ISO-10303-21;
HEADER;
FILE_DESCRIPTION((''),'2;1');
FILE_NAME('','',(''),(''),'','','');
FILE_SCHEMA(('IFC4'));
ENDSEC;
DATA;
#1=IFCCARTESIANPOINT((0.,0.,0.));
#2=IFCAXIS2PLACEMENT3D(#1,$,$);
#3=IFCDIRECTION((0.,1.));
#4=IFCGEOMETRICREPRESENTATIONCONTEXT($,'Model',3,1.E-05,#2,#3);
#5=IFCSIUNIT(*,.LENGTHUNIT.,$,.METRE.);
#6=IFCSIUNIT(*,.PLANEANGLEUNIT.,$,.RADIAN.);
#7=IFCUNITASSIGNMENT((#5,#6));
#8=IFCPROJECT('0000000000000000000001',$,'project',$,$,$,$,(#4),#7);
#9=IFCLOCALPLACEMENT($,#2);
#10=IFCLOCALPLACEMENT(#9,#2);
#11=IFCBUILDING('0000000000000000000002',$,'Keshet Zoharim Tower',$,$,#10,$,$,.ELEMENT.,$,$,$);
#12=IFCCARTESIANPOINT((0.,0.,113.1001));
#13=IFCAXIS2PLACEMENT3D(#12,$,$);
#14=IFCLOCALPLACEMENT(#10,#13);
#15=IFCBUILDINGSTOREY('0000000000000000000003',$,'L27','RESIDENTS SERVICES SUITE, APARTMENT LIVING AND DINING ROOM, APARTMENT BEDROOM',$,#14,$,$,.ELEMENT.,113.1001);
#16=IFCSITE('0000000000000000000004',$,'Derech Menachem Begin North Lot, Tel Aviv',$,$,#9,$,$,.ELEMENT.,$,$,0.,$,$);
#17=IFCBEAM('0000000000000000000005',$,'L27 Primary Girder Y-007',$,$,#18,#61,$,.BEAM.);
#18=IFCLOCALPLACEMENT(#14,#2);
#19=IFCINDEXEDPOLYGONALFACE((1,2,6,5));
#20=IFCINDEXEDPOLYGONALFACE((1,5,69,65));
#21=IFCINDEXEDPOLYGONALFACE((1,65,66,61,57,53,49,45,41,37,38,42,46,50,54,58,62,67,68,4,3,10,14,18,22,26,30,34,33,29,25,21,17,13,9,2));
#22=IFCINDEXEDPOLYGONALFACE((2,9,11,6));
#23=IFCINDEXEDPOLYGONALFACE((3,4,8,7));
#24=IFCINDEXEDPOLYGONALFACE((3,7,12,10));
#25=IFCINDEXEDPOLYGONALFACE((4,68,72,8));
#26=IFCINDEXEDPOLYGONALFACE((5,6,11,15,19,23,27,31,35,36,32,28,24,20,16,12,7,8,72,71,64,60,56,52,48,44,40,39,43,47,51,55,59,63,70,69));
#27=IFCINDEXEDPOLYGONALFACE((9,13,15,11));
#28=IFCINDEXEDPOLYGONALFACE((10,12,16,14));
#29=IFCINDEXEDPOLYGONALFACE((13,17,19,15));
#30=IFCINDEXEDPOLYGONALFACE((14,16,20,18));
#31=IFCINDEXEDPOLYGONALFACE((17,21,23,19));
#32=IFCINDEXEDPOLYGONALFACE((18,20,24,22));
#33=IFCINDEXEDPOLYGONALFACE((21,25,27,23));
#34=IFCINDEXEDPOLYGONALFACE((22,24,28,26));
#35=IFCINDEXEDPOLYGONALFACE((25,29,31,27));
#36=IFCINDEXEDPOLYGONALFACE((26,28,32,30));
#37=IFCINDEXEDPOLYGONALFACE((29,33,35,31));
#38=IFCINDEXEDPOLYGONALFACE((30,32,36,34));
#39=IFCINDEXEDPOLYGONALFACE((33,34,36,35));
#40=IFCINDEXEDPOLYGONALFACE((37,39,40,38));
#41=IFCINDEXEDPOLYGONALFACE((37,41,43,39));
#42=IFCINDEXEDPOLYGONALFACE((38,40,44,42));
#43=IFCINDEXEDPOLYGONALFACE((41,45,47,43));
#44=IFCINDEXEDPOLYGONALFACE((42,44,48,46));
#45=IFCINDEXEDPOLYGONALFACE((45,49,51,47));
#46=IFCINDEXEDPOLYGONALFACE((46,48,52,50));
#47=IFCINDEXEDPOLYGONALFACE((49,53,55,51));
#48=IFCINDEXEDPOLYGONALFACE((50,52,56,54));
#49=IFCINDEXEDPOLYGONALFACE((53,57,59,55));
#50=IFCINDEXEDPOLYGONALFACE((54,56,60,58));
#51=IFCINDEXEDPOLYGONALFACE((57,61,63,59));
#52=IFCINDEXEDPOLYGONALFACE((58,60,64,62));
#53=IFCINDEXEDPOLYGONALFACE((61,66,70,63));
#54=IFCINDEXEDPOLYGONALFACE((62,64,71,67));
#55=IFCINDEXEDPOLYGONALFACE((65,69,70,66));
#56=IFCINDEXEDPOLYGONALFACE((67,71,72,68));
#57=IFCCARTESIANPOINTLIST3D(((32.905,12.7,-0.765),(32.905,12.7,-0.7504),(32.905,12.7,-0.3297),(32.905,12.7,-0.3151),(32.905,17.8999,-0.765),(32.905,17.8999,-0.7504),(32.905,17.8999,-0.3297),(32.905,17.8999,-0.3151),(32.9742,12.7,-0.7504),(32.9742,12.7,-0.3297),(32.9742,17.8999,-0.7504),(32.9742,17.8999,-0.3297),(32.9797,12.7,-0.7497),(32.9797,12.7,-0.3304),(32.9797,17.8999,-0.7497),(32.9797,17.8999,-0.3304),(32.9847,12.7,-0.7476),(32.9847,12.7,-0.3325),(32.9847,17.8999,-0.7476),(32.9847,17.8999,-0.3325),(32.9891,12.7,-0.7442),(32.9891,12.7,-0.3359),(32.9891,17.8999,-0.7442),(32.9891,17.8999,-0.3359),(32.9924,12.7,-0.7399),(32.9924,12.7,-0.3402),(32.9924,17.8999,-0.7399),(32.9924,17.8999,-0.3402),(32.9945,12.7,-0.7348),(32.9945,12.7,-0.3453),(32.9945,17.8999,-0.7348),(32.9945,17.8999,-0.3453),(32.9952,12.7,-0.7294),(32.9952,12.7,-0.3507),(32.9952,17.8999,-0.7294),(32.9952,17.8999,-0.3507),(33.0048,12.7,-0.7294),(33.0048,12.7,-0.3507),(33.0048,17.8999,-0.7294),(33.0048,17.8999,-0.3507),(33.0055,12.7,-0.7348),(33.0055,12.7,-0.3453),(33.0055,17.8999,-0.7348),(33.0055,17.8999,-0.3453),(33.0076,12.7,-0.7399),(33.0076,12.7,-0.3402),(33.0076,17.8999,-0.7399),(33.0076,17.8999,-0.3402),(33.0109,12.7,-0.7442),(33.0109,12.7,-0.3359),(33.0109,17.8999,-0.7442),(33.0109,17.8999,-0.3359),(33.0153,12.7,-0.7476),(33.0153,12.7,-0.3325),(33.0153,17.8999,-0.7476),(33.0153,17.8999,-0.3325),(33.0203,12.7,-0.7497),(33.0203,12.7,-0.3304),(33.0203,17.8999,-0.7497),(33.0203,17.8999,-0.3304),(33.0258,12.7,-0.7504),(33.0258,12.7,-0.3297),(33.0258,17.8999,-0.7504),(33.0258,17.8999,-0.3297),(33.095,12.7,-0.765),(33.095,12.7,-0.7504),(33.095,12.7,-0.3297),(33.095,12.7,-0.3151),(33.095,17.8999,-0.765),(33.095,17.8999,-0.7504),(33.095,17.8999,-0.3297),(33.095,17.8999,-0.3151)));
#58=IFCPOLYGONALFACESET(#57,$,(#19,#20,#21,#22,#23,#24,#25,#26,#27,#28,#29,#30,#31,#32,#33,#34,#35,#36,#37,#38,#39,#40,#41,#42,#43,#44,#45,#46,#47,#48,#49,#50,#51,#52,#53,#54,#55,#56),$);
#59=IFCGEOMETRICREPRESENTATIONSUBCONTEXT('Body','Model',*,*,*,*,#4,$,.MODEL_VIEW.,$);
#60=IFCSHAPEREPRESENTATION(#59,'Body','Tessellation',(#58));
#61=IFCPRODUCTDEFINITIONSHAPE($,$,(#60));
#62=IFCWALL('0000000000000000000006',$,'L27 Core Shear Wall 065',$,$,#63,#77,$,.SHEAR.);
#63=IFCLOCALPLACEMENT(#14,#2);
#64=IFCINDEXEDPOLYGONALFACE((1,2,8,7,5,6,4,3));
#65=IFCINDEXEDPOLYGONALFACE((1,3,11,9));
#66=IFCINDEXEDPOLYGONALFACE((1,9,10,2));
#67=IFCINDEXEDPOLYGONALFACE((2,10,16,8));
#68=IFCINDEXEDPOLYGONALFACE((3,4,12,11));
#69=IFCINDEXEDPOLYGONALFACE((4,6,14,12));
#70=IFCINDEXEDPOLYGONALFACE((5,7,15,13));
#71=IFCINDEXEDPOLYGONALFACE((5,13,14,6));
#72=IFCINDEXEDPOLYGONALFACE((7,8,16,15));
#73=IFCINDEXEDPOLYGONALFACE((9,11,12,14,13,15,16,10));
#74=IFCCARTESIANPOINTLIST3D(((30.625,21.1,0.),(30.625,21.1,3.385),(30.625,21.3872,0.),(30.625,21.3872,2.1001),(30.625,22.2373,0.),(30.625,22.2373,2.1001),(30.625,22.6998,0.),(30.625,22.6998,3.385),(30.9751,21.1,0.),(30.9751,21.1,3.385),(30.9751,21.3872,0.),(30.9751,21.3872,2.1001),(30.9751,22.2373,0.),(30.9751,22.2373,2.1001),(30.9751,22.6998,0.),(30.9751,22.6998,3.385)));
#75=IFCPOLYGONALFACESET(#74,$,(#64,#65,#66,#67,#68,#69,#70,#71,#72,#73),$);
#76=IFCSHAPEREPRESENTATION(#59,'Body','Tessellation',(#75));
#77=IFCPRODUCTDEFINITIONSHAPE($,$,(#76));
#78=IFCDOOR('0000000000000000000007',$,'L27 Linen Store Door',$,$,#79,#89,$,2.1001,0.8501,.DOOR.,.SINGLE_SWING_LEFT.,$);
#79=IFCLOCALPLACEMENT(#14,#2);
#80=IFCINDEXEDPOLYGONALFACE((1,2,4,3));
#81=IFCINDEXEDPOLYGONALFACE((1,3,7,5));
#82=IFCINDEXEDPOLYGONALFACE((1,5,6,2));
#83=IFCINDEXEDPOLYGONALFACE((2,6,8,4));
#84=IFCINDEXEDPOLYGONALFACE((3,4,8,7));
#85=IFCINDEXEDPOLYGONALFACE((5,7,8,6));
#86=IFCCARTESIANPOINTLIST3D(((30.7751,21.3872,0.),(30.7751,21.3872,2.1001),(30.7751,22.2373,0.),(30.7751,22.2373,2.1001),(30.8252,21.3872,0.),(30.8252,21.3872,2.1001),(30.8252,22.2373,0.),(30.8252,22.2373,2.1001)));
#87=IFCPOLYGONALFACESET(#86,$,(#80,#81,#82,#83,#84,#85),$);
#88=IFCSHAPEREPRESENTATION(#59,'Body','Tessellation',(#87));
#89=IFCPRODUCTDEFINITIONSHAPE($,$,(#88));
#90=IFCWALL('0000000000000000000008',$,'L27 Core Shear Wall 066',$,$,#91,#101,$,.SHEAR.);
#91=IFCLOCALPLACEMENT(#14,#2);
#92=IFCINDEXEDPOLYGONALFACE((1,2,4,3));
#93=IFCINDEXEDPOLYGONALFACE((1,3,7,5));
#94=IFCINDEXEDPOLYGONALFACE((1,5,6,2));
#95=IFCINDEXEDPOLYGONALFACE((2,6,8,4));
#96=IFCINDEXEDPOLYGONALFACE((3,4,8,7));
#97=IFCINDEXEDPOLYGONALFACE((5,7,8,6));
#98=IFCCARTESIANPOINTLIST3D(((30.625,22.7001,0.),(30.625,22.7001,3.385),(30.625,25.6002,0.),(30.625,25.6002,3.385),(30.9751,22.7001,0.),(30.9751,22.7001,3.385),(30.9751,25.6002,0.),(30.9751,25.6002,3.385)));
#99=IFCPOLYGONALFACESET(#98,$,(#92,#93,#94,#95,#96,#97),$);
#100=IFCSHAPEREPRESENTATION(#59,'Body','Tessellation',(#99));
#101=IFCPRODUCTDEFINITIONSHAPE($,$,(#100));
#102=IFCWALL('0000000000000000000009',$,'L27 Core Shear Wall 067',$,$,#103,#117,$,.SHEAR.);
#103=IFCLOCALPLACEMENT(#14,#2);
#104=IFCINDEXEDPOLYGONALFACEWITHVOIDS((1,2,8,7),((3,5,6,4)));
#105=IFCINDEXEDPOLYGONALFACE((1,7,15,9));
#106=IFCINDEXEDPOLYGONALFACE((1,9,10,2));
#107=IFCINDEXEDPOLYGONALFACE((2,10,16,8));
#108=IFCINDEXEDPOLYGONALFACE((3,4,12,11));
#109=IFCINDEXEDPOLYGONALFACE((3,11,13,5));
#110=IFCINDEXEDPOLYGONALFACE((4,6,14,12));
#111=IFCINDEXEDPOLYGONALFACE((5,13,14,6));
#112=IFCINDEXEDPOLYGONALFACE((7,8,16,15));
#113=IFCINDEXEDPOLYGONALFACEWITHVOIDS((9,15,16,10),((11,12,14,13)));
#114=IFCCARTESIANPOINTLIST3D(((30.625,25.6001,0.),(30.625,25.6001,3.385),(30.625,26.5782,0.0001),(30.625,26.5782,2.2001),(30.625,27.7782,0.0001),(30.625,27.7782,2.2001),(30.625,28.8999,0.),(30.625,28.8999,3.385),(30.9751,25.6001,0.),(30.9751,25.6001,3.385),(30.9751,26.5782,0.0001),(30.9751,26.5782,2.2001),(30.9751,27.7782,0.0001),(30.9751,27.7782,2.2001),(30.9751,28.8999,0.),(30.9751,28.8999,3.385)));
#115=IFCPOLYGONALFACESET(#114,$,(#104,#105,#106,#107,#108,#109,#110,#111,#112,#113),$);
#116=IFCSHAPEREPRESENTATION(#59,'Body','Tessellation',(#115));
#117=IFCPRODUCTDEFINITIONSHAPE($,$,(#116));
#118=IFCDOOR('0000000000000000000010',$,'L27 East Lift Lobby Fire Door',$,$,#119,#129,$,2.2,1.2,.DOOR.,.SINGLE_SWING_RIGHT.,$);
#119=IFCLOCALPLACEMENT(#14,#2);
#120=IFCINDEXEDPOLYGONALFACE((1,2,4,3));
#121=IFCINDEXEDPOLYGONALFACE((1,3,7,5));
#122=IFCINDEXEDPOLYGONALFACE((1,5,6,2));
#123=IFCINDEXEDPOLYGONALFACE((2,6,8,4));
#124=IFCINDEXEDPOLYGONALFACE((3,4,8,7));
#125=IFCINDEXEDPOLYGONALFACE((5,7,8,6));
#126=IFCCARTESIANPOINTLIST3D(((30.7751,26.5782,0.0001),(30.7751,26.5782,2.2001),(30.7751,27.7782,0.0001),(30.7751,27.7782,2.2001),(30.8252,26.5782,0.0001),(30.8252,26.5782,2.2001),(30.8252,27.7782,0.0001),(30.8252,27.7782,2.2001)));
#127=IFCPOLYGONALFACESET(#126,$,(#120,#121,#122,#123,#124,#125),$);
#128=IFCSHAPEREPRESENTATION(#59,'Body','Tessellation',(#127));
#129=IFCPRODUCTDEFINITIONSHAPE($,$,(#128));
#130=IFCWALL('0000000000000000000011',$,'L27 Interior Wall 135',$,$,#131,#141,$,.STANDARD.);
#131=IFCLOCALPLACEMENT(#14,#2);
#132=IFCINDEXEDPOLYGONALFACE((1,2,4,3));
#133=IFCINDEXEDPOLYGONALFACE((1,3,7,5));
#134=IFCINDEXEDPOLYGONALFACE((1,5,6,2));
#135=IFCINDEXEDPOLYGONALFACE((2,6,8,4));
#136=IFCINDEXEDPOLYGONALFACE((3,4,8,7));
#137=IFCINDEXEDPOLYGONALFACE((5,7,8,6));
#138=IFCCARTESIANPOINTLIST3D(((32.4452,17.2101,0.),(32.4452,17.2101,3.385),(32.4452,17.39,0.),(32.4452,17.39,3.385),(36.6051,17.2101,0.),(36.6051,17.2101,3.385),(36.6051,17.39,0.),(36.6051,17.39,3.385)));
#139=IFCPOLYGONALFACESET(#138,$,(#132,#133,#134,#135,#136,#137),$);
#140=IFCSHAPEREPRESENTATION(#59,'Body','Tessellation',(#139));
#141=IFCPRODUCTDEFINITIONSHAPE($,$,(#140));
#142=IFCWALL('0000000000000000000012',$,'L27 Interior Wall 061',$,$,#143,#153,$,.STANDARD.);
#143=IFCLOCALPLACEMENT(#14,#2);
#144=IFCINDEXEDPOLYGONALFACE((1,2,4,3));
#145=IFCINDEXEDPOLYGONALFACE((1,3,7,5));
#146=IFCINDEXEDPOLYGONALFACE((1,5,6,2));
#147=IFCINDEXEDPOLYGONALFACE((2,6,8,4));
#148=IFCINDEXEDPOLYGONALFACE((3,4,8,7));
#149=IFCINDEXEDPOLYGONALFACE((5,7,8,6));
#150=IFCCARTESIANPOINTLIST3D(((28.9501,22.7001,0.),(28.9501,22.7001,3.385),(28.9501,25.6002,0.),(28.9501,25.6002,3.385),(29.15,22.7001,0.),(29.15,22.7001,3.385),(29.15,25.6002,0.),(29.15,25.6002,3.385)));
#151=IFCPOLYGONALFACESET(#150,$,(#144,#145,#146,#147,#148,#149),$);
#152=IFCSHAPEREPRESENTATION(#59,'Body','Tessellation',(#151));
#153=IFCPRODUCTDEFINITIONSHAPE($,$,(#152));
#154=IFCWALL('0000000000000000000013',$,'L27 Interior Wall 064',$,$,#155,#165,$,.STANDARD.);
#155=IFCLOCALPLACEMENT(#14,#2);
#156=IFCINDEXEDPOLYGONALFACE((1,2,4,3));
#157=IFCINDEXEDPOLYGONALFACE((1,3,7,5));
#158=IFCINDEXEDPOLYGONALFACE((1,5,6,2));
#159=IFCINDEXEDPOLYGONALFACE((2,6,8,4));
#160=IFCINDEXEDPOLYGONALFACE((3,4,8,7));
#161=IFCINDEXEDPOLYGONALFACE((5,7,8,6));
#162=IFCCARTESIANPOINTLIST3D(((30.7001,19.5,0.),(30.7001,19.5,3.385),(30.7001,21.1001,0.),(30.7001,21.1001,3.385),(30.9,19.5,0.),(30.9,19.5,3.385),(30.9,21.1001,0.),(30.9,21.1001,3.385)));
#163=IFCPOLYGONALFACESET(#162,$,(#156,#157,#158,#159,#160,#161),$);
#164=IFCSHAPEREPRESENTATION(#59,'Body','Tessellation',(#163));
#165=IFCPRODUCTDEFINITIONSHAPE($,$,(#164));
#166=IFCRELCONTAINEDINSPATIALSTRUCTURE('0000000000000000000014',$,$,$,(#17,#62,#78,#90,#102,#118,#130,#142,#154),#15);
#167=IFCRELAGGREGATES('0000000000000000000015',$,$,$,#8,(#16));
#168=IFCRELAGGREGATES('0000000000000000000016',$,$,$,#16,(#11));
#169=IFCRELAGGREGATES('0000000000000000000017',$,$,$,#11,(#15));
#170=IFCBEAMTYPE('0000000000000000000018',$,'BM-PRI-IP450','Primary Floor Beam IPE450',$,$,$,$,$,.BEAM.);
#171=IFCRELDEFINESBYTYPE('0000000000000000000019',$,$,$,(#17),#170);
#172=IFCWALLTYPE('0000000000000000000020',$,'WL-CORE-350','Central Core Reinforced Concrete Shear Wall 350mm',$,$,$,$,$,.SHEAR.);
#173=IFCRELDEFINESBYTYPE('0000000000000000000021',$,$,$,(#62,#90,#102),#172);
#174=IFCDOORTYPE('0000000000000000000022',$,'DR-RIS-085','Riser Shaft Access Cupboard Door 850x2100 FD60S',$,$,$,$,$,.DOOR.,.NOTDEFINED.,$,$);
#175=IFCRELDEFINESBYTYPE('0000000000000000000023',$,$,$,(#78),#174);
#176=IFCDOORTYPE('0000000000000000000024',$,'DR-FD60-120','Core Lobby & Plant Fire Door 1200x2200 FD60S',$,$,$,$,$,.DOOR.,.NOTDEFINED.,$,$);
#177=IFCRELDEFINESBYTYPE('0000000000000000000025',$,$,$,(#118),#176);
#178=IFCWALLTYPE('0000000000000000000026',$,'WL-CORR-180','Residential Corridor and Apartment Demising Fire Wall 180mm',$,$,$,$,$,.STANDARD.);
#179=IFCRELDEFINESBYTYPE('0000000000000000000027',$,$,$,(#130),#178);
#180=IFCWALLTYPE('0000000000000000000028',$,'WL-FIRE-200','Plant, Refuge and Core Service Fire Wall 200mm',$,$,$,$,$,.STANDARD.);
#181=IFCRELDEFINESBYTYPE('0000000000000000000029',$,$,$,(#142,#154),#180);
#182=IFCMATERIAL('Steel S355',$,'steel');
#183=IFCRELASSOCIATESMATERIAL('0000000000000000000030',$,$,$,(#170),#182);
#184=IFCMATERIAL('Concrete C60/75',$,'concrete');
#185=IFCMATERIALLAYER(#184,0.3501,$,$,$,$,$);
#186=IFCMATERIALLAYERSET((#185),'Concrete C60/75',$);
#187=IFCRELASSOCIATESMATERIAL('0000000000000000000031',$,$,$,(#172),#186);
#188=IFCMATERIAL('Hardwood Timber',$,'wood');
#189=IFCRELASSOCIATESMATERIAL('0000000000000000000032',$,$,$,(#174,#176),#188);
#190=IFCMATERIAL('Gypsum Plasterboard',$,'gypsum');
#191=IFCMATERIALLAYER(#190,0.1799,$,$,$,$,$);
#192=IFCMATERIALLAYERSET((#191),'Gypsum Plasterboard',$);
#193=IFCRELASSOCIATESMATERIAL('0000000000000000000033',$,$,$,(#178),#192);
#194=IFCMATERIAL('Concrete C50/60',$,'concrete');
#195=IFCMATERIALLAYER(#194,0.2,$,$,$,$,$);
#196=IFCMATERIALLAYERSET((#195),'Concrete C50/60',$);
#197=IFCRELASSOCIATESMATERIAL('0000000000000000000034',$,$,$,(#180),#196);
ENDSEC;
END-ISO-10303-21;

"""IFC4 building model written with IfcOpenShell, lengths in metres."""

from ifc_helpers import new_model, si_unit, direction, frame, frame_2d, origin, origin_2d, place, context, subcontext, project, spatial, rectangle, i_section, extrude, material, layer, layer_set, material_profile, profile_set, type_object, element, fill, save


model = new_model("IFC4")

# Units and contexts
model_context = context("Model", 3, precision=1e-05, world=origin(), true_north=direction((0.0, 1.0)))
body_context = subcontext(model_context, "Body", "Model", "MODEL_VIEW")
ifc_project = project(units=[si_unit("LENGTHUNIT", "METRE"), si_unit("PLANEANGLEUNIT", "RADIAN")], contexts=[model_context])

# Site, building, storey
site_placement = place(None, origin())
site = spatial("IfcSite", under=ifc_project, at=site_placement, Name="Derech Menachem Begin North Lot, Tel Aviv", CompositionType="ELEMENT", RefElevation=0.0)
building_placement = place(site_placement, origin())
building = spatial("IfcBuilding", under=site, at=building_placement, Name="Keshet Zoharim Tower", CompositionType="ELEMENT")
storey_placement = place(building_placement, frame((0.0, 0.0, 113.1001)))
storey = spatial("IfcBuildingStorey", under=building, at=storey_placement, Name="L27", Description="RESIDENTS SERVICES SUITE, APARTMENT LIVING AND DINING ROOM, APARTMENT BEDROOM", CompositionType="ELEMENT", Elevation=113.1001)

# Shared definitions
ifc_material_1 = material(Name="Concrete C60/75", Category="concrete")

# Beam
ifc_material_2 = material(Name="Steel S355", Category="steel")
ifc_material_profile_1 = material_profile(ifc_material_2, i_section(OverallWidth=0.1899, OverallDepth=0.45, WebThickness=0.0095, FlangeThickness=0.0146, FilletRadius=0.021, at=origin_2d()), Name="IPE450")
ifc_profile_set_1 = profile_set([ifc_material_profile_1], Name="Steel S355")
beam_type_1 = type_object("IfcBeamType", Name="BM-PRI-IP450", Description="Primary Floor Beam IPE450", PredefinedType="BEAM", material=ifc_profile_set_1)
beam_1_placement = place(storey_placement, frame((33.0, 12.7, -0.54), z_axis=(0.0, 1.0, 0.0), x_axis=(-1.0, 0.0, 0.0)))
element("IfcBeam", 1, at=beam_1_placement, inside=storey, type_object=beam_type_1, Name="L27 Primary Girder Y-007", PredefinedType="BEAM", context=body_context, shape_type="SweptSolid", body=[
    extrude(i_section(OverallWidth=0.1899, OverallDepth=0.45, WebThickness=0.0095, FlangeThickness=0.0146, FilletRadius=0.021, at=origin_2d()), origin(), (0.0, 0.0, 1.0), 5.2),
])

# Wall, opening, door
ifc_layer_1 = layer(ifc_material_1, 0.3501)
ifc_layer_set_1 = layer_set([ifc_layer_1], Name="Concrete C60/75")
wall_type_1 = type_object("IfcWallType", Name="WL-CORE-350", Description="Central Core Reinforced Concrete Shear Wall 350mm", PredefinedType="SHEAR", material=ifc_layer_set_1)
wall_1_placement = place(storey_placement, frame((30.8, 21.1001, 0.0), z_axis=(0.0, 0.0, 1.0), x_axis=(0.0, 1.0, 0.0)))
wall_1 = element("IfcWall", 2, at=wall_1_placement, inside=storey, type_object=wall_type_1, Name="L27 Core Shear Wall 065", PredefinedType="SHEAR", context=body_context, shape_type="SweptSolid", body=[
    extrude(rectangle(XDim=1.5999, YDim=0.3501, at=frame_2d((0.7998, 0.0))), origin(), (0.0, 0.0, 1.0), 3.385),
])
opening_1_placement = place(wall_1_placement, frame((0.2871, 0.0, 0.0)))
opening_1 = element("IfcOpeningElement", 3, at=opening_1_placement, cuts=wall_1, PredefinedType="OPENING", context=body_context, shape_type="SweptSolid", body=[
    extrude(rectangle(XDim=0.8501, YDim=2.1001, at=frame_2d((0.425, 1.05))), frame((0.0, 0.1851, 0.0), z_axis=(0.0, -1.0, 0.0), x_axis=(1.0, 0.0, 0.0)), (0.0, 0.0, 1.0), 0.3701),
])
ifc_material_3 = material(Name="Hardwood Timber", Category="wood")
door_type_1 = type_object("IfcDoorType", Name="DR-RIS-085", Description="Riser Shaft Access Cupboard Door 850x2100 FD60S", OperationType="NOTDEFINED", PredefinedType="DOOR", material=ifc_material_3)
door_1_placement = place(opening_1_placement, origin())
door_1 = element("IfcDoor", 4, at=door_1_placement, inside=storey, type_object=door_type_1, Name="L27 Linen Store Door", OperationType="SINGLE_SWING_LEFT", OverallHeight=2.1001, OverallWidth=0.8501, PredefinedType="DOOR", context=body_context, shape_type="SweptSolid", body=[
    extrude(rectangle(XDim=0.8501, YDim=2.1001, at=frame_2d((0.425, 1.05))), frame((0.0, 0.0249, 0.0), z_axis=(0.0, -1.0, 0.0), x_axis=(1.0, 0.0, 0.0)), (0.0, 0.0, 1.0), 0.05),
])
fill(opening_1, door_1)

# Wall
wall_2_placement = place(storey_placement, frame((30.8, 22.7, 0.0), z_axis=(0.0, 0.0, 1.0), x_axis=(0.0, 1.0, 0.0)))
element("IfcWall", 5, at=wall_2_placement, inside=storey, type_object=wall_type_1, Name="L27 Core Shear Wall 066", PredefinedType="SHEAR", context=body_context, shape_type="SweptSolid", body=[
    extrude(rectangle(XDim=2.9001, YDim=0.3501, at=frame_2d((1.4502, 0.0))), origin(), (0.0, 0.0, 1.0), 3.385),
])

# Wall, opening, door
wall_3_placement = place(storey_placement, frame((30.8, 25.6001, 0.0), z_axis=(0.0, 0.0, 1.0), x_axis=(0.0, 1.0, 0.0)))
wall_3 = element("IfcWall", 6, at=wall_3_placement, inside=storey, type_object=wall_type_1, Name="L27 Core Shear Wall 067", PredefinedType="SHEAR", context=body_context, shape_type="SweptSolid", body=[
    extrude(rectangle(XDim=3.2998, YDim=0.3501, at=frame_2d((1.6499, 0.0))), origin(), (0.0, 0.0, 1.0), 3.385),
])
opening_2_placement = place(wall_3_placement, frame((0.978, 0.0, 0.0)))
opening_2 = element("IfcOpeningElement", 7, at=opening_2_placement, cuts=wall_3, PredefinedType="OPENING", context=body_context, shape_type="SweptSolid", body=[
    extrude(rectangle(XDim=1.2, YDim=2.2, at=frame_2d((0.6001, 1.1001))), frame((0.0, 0.1851, 0.0), z_axis=(0.0, -1.0, 0.0), x_axis=(1.0, 0.0, 0.0)), (0.0, 0.0, 1.0), 0.3701),
])
door_type_2 = type_object("IfcDoorType", Name="DR-FD60-120", Description="Core Lobby & Plant Fire Door 1200x2200 FD60S", OperationType="NOTDEFINED", PredefinedType="DOOR", material=ifc_material_3)
door_2_placement = place(opening_2_placement, origin())
door_2 = element("IfcDoor", 8, at=door_2_placement, inside=storey, type_object=door_type_2, Name="L27 East Lift Lobby Fire Door", OperationType="SINGLE_SWING_RIGHT", OverallHeight=2.2, OverallWidth=1.2, PredefinedType="DOOR", context=body_context, shape_type="SweptSolid", body=[
    extrude(rectangle(XDim=1.2, YDim=2.2, at=frame_2d((0.6001, 1.1001))), frame((0.0, 0.0249, 0.0), z_axis=(0.0, -1.0, 0.0), x_axis=(1.0, 0.0, 0.0)), (0.0, 0.0, 1.0), 0.05),
])
fill(opening_2, door_2)
ifc_material_4 = material(Name="Gypsum Plasterboard", Category="gypsum")
ifc_layer_2 = layer(ifc_material_4, 0.1799)
ifc_layer_set_2 = layer_set([ifc_layer_2], Name="Gypsum Plasterboard")
wall_type_2 = type_object("IfcWallType", Name="WL-CORR-180", Description="Residential Corridor and Apartment Demising Fire Wall 180mm", PredefinedType="STANDARD", material=ifc_layer_set_2)

# Walls
wall_4_placement = place(storey_placement, frame((32.4451, 17.3, 0.0), z_axis=(0.0, 0.0, 1.0), x_axis=(1.0, 0.0, 0.0)))
element("IfcWall", 9, at=wall_4_placement, inside=storey, type_object=wall_type_2, Name="L27 Interior Wall 135", PredefinedType="STANDARD", context=body_context, shape_type="SweptSolid", body=[
    extrude(rectangle(XDim=4.1599, YDim=0.1799, at=frame_2d((2.0801, 0.0))), origin(), (0.0, 0.0, 1.0), 3.385),
])
ifc_material_5 = material(Name="Concrete C50/60", Category="concrete")
ifc_layer_3 = layer(ifc_material_5, 0.2)
ifc_layer_set_3 = layer_set([ifc_layer_3], Name="Concrete C50/60")
wall_type_3 = type_object("IfcWallType", Name="WL-FIRE-200", Description="Plant, Refuge and Core Service Fire Wall 200mm", PredefinedType="STANDARD", material=ifc_layer_set_3)
wall_5_placement = place(storey_placement, frame((29.05, 22.7, 0.0), z_axis=(0.0, 0.0, 1.0), x_axis=(0.0, 1.0, 0.0)))
element("IfcWall", 10, at=wall_5_placement, inside=storey, type_object=wall_type_3, Name="L27 Interior Wall 061", PredefinedType="STANDARD", context=body_context, shape_type="SweptSolid", body=[
    extrude(rectangle(XDim=2.9001, YDim=0.2, at=frame_2d((1.4502, 0.0))), origin(), (0.0, 0.0, 1.0), 3.385),
])
wall_6_placement = place(storey_placement, frame((30.8, 19.5, 0.0), z_axis=(0.0, 0.0, 1.0), x_axis=(0.0, 1.0, 0.0)))
element("IfcWall", 11, at=wall_6_placement, inside=storey, type_object=wall_type_3, Name="L27 Interior Wall 064", PredefinedType="STANDARD", context=body_context, shape_type="SweptSolid", body=[
    extrude(rectangle(XDim=1.6001, YDim=0.2, at=frame_2d((0.8, 0.0))), origin(), (0.0, 0.0, 1.0), 3.385),
])

save(model, "model.ifc")
